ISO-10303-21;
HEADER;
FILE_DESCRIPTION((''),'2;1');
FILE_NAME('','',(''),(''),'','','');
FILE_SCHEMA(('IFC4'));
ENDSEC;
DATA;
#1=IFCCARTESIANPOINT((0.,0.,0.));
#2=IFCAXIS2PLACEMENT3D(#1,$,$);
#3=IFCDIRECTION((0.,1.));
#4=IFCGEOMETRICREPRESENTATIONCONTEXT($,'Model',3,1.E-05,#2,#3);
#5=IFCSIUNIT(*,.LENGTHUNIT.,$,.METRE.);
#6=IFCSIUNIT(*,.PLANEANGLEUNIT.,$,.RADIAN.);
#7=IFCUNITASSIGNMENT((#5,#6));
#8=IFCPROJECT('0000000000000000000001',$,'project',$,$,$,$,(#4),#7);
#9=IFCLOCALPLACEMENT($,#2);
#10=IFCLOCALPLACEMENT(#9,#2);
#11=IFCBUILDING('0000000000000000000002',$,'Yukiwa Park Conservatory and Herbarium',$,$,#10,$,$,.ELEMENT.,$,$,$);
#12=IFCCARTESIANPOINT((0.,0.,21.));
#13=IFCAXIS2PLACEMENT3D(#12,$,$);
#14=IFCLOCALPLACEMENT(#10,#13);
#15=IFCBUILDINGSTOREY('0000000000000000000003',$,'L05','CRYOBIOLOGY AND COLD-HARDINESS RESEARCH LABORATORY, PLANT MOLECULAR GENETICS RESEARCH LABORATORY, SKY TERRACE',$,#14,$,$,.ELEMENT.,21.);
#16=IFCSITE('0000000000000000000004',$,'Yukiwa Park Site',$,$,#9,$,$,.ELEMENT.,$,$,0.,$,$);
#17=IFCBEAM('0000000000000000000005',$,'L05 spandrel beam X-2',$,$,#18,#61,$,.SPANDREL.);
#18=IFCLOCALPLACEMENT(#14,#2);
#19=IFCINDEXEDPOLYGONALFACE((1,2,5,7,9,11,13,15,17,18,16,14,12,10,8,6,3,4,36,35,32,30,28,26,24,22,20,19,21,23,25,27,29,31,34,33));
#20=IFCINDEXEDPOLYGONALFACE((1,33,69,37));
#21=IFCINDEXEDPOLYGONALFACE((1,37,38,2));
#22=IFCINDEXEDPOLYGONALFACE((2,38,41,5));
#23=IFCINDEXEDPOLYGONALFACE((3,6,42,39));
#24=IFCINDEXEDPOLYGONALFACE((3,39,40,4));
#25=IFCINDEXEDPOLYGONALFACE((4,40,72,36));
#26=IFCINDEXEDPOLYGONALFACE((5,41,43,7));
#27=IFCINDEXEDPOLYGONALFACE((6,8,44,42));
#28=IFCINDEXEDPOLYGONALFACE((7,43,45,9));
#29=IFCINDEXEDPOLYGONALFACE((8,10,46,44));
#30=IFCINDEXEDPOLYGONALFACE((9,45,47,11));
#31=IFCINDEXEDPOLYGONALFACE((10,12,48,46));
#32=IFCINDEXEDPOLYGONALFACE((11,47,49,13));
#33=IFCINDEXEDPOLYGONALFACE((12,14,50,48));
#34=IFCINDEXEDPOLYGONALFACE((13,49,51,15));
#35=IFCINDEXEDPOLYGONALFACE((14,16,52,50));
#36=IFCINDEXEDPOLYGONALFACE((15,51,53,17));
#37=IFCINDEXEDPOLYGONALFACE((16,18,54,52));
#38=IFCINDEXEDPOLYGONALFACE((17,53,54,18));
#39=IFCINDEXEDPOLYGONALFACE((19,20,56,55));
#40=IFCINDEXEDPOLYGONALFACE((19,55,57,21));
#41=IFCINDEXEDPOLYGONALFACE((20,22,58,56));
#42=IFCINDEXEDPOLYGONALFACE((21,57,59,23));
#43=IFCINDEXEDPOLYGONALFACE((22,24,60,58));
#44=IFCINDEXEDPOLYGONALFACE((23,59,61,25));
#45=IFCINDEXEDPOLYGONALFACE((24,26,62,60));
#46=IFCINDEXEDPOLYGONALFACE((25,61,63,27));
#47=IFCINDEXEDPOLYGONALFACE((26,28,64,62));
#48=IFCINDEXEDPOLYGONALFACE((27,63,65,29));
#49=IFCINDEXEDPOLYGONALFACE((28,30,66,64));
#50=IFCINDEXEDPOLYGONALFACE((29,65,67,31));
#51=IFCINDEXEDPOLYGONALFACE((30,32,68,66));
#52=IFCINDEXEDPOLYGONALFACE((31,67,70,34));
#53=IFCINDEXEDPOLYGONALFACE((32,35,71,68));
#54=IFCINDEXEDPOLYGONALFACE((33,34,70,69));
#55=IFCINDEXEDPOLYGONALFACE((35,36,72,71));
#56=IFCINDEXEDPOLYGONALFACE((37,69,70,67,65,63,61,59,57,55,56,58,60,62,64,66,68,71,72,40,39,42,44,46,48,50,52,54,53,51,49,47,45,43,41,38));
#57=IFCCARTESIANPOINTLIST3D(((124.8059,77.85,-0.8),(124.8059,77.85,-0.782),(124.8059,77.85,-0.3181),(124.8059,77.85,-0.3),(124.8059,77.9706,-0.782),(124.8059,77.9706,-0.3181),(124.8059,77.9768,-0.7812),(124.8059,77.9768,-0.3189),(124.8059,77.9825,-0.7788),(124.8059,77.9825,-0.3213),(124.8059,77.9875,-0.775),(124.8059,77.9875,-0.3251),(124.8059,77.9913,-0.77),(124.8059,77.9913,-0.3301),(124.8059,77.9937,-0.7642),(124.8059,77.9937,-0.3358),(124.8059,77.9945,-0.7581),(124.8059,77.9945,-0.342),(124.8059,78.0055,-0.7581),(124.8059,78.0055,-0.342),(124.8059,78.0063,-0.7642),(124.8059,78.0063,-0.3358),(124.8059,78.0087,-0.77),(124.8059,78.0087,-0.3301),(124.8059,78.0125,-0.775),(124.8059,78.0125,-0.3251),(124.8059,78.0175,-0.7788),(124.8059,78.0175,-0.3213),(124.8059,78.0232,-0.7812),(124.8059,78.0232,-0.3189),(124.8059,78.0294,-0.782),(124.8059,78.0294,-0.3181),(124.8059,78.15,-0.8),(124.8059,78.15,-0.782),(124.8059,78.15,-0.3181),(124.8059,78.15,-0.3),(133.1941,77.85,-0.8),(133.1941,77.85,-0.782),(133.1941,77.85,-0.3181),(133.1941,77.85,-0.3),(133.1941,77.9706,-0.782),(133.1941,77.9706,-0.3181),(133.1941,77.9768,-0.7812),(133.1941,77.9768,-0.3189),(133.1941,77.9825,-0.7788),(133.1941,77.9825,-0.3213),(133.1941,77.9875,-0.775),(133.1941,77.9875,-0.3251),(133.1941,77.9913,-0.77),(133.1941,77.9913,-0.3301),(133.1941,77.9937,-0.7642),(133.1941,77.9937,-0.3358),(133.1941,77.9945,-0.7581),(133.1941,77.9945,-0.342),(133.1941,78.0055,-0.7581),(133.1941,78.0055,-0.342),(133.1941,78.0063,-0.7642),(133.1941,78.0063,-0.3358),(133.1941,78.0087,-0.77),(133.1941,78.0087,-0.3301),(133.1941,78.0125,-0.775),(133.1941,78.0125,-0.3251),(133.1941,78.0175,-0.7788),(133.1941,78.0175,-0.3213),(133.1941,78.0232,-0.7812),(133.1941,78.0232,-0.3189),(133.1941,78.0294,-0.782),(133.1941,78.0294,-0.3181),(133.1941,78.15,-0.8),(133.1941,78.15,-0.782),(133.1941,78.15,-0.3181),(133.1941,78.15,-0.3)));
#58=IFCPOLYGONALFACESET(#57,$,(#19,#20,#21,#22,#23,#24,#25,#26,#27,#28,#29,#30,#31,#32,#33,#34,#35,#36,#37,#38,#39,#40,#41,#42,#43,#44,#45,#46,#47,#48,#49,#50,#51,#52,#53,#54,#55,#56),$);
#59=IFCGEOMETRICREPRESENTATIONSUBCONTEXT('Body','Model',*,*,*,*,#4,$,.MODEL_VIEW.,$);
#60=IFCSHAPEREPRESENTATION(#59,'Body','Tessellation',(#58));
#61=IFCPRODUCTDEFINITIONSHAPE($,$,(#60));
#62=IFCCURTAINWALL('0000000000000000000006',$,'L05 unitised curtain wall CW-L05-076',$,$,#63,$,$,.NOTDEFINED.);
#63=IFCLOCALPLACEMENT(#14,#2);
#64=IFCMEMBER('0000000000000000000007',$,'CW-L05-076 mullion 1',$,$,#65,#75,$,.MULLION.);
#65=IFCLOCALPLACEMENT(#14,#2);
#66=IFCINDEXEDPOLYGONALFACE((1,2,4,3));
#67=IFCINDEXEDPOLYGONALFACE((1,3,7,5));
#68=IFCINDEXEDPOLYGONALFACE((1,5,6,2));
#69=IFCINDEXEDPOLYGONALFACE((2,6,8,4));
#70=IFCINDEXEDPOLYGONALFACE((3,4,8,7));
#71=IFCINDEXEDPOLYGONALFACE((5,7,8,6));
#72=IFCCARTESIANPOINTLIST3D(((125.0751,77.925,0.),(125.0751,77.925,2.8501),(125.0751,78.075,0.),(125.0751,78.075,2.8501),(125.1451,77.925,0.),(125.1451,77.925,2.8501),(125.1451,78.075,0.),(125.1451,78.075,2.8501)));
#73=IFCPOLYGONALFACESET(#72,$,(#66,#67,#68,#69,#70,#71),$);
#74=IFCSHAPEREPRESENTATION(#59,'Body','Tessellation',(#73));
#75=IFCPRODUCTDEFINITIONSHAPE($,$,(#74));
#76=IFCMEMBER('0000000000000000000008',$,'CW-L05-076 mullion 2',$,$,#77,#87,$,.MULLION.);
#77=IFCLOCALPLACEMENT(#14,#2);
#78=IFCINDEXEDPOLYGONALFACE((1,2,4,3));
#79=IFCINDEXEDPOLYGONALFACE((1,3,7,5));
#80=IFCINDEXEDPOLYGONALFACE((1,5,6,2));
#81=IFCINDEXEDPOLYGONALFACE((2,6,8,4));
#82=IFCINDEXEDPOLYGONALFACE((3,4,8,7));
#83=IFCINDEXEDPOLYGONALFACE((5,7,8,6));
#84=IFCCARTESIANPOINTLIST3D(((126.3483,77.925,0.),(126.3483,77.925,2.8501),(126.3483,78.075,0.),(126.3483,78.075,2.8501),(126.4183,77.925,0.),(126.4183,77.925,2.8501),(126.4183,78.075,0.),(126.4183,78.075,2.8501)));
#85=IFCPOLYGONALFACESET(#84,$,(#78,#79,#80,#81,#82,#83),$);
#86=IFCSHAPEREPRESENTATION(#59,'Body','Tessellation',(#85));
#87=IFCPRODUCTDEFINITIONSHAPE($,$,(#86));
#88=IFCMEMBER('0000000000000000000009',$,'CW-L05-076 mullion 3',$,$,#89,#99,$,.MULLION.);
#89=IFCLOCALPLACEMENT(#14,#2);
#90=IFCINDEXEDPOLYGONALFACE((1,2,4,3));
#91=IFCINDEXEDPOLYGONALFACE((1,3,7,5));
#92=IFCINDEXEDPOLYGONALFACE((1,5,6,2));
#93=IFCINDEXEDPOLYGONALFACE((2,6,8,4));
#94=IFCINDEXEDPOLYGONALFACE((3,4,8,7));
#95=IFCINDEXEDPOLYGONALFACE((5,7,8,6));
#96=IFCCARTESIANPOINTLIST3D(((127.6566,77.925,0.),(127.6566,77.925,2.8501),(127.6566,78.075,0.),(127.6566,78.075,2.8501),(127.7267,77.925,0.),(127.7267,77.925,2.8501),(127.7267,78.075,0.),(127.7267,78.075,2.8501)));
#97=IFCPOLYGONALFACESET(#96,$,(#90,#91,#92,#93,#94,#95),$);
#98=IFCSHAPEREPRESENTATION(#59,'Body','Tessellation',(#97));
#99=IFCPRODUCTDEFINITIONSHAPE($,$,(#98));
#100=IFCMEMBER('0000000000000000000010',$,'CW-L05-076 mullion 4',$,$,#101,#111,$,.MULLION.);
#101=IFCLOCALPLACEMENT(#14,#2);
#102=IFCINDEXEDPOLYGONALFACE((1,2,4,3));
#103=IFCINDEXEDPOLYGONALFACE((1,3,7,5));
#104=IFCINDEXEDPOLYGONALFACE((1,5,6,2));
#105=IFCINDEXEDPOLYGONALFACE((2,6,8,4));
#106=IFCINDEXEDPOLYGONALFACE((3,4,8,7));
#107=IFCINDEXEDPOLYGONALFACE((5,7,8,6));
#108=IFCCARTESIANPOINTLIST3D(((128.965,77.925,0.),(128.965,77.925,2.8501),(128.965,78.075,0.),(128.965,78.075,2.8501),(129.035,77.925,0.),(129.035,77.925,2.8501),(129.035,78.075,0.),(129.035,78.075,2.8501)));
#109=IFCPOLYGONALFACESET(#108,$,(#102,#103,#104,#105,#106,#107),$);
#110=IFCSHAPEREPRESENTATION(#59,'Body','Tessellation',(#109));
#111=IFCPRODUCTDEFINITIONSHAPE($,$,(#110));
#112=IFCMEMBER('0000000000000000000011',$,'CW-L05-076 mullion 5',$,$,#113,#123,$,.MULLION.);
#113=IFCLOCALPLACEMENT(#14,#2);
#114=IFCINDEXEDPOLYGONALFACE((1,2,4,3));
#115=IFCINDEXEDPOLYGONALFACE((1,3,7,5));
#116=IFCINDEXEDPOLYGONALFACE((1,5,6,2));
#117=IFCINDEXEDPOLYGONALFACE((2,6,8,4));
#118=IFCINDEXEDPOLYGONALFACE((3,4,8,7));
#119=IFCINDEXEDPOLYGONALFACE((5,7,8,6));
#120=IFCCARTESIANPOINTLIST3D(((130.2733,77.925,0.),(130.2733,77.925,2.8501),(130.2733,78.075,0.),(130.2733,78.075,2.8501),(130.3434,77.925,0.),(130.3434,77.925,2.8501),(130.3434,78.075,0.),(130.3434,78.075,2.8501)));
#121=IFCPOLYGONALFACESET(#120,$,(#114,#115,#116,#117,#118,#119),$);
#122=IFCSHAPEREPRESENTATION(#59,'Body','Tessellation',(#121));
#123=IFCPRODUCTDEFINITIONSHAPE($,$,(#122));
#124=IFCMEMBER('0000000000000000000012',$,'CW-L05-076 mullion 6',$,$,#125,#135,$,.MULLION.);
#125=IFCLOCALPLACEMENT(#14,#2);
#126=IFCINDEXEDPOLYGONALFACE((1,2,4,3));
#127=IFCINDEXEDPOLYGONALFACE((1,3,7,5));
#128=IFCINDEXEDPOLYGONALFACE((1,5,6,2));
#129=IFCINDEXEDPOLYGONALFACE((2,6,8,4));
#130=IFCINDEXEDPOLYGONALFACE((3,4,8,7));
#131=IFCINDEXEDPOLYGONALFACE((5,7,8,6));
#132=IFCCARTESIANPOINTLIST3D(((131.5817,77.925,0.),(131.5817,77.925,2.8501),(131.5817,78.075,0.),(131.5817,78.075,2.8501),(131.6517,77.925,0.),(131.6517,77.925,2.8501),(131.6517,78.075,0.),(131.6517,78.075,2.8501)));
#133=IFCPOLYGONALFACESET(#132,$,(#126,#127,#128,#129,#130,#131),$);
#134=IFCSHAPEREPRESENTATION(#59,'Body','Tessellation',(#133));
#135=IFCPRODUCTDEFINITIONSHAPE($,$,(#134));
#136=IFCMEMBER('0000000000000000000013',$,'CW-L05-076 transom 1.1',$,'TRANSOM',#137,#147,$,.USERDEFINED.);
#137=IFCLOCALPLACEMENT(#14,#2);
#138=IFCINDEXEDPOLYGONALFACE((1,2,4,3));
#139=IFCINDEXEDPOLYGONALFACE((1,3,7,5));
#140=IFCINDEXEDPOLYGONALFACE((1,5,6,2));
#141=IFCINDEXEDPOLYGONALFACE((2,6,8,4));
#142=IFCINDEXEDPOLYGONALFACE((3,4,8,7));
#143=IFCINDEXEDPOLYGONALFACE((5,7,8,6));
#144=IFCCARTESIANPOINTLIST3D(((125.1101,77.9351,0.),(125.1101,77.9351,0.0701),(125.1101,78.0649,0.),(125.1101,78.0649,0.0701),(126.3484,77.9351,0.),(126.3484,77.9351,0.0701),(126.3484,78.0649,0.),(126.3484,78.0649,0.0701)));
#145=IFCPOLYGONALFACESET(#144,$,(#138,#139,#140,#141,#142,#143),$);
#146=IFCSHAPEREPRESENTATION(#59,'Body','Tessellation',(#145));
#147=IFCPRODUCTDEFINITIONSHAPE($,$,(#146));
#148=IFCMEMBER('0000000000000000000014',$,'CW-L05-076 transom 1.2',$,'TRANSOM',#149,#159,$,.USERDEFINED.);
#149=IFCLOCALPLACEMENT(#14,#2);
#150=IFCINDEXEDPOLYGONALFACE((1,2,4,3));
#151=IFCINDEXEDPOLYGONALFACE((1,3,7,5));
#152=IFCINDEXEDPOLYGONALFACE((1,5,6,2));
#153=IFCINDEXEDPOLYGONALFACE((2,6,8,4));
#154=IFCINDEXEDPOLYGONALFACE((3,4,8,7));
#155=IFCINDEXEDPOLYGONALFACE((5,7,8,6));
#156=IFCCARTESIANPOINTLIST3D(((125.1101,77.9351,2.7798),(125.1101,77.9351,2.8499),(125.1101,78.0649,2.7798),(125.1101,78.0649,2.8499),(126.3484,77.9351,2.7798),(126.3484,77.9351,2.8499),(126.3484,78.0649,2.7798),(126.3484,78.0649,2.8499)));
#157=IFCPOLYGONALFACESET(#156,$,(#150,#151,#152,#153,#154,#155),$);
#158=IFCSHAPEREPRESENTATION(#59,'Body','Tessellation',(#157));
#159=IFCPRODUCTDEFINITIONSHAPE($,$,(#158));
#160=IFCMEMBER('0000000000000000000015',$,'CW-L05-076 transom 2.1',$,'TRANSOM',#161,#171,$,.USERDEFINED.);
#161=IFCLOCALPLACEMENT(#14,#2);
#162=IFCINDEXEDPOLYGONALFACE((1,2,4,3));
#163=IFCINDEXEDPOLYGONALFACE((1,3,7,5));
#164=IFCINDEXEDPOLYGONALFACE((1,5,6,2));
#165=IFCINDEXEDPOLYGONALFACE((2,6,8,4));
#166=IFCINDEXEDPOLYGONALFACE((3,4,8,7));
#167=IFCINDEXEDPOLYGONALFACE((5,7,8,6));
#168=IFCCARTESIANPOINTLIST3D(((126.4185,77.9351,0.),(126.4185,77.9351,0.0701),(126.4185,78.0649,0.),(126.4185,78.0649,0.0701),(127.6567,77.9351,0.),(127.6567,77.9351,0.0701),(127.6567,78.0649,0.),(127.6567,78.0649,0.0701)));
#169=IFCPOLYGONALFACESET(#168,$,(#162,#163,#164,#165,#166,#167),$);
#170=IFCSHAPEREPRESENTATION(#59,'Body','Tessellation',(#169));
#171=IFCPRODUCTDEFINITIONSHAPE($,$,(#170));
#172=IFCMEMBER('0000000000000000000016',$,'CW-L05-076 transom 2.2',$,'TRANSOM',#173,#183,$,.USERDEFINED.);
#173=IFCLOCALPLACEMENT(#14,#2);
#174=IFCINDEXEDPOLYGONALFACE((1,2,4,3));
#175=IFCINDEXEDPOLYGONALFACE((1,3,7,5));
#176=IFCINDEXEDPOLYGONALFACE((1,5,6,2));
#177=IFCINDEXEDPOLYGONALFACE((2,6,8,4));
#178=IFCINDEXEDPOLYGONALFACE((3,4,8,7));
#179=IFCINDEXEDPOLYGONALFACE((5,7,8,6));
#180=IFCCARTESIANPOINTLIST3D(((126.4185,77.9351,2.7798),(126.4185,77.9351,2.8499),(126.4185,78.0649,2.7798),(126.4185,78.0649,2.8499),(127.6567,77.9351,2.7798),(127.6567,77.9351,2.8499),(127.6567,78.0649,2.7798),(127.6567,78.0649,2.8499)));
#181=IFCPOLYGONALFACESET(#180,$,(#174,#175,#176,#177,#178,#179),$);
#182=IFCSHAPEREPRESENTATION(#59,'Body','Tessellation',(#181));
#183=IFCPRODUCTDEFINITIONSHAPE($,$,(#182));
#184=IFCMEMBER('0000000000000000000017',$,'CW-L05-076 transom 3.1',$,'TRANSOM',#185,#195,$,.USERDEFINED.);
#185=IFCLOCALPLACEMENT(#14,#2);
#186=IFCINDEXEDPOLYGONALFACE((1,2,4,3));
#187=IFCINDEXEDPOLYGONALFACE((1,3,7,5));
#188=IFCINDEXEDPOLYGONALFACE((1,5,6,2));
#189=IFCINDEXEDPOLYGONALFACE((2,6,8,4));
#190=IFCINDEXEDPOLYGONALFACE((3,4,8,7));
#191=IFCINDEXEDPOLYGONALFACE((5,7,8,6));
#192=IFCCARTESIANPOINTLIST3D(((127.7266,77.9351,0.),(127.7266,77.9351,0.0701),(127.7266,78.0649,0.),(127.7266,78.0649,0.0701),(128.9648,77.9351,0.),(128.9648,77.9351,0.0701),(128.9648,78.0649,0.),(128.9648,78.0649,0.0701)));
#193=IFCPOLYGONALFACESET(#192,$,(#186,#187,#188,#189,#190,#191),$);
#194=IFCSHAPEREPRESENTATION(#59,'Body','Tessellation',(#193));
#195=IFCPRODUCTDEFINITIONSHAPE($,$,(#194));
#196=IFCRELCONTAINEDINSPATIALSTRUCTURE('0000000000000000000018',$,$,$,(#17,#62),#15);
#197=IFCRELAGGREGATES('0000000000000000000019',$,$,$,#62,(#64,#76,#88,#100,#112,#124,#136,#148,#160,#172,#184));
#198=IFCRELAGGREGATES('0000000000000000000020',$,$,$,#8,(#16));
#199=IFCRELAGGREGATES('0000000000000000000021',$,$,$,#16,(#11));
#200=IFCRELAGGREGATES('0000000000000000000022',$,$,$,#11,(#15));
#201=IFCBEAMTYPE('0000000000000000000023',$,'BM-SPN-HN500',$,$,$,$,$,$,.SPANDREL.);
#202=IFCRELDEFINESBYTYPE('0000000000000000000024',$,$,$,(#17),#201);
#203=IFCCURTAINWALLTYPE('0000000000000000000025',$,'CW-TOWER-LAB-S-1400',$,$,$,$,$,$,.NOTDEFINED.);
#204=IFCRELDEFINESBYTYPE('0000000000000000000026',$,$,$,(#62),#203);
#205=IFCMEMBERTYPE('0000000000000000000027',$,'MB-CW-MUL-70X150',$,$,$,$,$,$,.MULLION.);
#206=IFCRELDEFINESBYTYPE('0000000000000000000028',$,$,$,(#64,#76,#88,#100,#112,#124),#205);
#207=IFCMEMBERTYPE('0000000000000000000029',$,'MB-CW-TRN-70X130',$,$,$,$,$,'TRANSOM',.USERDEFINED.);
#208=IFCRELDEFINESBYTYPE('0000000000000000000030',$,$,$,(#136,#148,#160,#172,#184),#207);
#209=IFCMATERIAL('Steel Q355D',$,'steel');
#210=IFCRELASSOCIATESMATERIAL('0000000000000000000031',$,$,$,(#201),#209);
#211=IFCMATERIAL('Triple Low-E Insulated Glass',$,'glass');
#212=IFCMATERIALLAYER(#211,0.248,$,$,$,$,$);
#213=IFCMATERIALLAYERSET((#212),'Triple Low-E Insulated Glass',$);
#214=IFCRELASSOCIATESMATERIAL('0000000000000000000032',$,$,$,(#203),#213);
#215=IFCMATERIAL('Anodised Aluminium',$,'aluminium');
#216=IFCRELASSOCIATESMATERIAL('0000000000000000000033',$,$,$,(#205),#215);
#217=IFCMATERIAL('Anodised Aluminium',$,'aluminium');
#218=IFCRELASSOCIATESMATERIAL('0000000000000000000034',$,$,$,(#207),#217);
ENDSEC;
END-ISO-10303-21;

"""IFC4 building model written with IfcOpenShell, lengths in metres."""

from ifc_helpers import new_model, si_unit, direction, frame, origin, origin_2d, place, context, subcontext, project, spatial, rectangle, i_section, extrude, material, layer, layer_set, material_profile, profile_set, type_object, element, aggregate, save


model = new_model("IFC4")

# Units and contexts
model_context = context("Model", 3, precision=1e-05, world=origin(), true_north=direction((0.0, 1.0)))
body_context = subcontext(model_context, "Body", "Model", "MODEL_VIEW")
ifc_project = project(units=[si_unit("LENGTHUNIT", "METRE"), si_unit("PLANEANGLEUNIT", "RADIAN")], contexts=[model_context])

# Site, building, storey
site_placement = place(None, origin())
site = spatial("IfcSite", under=ifc_project, at=site_placement, Name="Yukiwa Park Site", CompositionType="ELEMENT", RefElevation=0.0)
building_placement = place(site_placement, origin())
building = spatial("IfcBuilding", under=site, at=building_placement, Name="Yukiwa Park Conservatory and Herbarium", CompositionType="ELEMENT")
storey_placement = place(building_placement, frame((0.0, 0.0, 21.0)))
storey = spatial("IfcBuildingStorey", under=building, at=storey_placement, Name="L05", Description="CRYOBIOLOGY AND COLD-HARDINESS RESEARCH LABORATORY, PLANT MOLECULAR GENETICS RESEARCH LABORATORY, SKY TERRACE", CompositionType="ELEMENT", Elevation=21.0)

# Beam
ifc_material_1 = material(Name="Steel Q355D", Category="steel")
ifc_material_profile = material_profile(ifc_material_1, i_section(OverallWidth=0.3, OverallDepth=0.5, WebThickness=0.011, FlangeThickness=0.0181, FilletRadius=0.0239, at=origin_2d()), Name="HM 500x300x11x18")
ifc_profile_set = profile_set([ifc_material_profile], Name="Steel Q355D")
beam_type = type_object("IfcBeamType", Name="BM-SPN-HN500", PredefinedType="SPANDREL", material=ifc_profile_set)
beam_placement = place(storey_placement, frame((124.8059, 78.0, -0.55), z_axis=(1.0, 0.0, 0.0), x_axis=(0.0, 1.0, 0.0)))
element("IfcBeam", 1, at=beam_placement, inside=storey, type_object=beam_type, Name="L05 spandrel beam X-2", PredefinedType="SPANDREL", context=body_context, shape_type="SweptSolid", body=[
    extrude(i_section(OverallWidth=0.3, OverallDepth=0.5, WebThickness=0.011, FlangeThickness=0.0181, FilletRadius=0.0239, at=origin_2d()), origin(), (0.0, 0.0, 1.0), 8.3882),
])

# Curtain wall, members
ifc_material_2 = material(Name="Triple Low-E Insulated Glass", Category="glass")
ifc_layer_1 = layer(ifc_material_2, 0.248)
ifc_layer_set_1 = layer_set([ifc_layer_1], Name="Triple Low-E Insulated Glass")
curtain_wall_type = type_object("IfcCurtainWallType", Name="CW-TOWER-LAB-S-1400", PredefinedType="NOTDEFINED", material=ifc_layer_set_1)
curtain_wall_placement = place(storey_placement, origin())
curtain_wall = element("IfcCurtainWall", 2, at=curtain_wall_placement, inside=storey, type_object=curtain_wall_type, Name="L05 unitised curtain wall CW-L05-076", PredefinedType="NOTDEFINED")
ifc_material_3 = material(Name="Anodised Aluminium", Category="aluminium")
member_type_1 = type_object("IfcMemberType", Name="MB-CW-MUL-70X150", PredefinedType="MULLION", material=ifc_material_3)
member_1_placement = place(storey_placement, frame((125.1101, 78.0, 0.0), z_axis=(0.0, 0.0, 1.0), x_axis=(1.0, 0.0, 0.0)))
member_1 = element("IfcMember", 3, at=member_1_placement, type_object=member_type_1, Name="CW-L05-076 mullion 1", PredefinedType="MULLION", context=body_context, shape_type="SweptSolid", body=[
    extrude(rectangle(XDim=0.0701, YDim=0.1499, at=origin_2d()), origin(), (0.0, 0.0, 1.0), 2.8501),
])
member_2_placement = place(storey_placement, frame((126.3833, 78.0, 0.0), z_axis=(0.0, 0.0, 1.0), x_axis=(1.0, 0.0, 0.0)))
member_2 = element("IfcMember", 4, at=member_2_placement, type_object=member_type_1, Name="CW-L05-076 mullion 2", PredefinedType="MULLION", context=body_context, shape_type="SweptSolid", body=[
    extrude(rectangle(XDim=0.0701, YDim=0.1499, at=origin_2d()), origin(), (0.0, 0.0, 1.0), 2.8501),
])
member_3_placement = place(storey_placement, frame((127.6917, 78.0, 0.0), z_axis=(0.0, 0.0, 1.0), x_axis=(1.0, 0.0, 0.0)))
member_3 = element("IfcMember", 5, at=member_3_placement, type_object=member_type_1, Name="CW-L05-076 mullion 3", PredefinedType="MULLION", context=body_context, shape_type="SweptSolid", body=[
    extrude(rectangle(XDim=0.0701, YDim=0.1499, at=origin_2d()), origin(), (0.0, 0.0, 1.0), 2.8501),
])
member_4_placement = place(storey_placement, frame((129.0, 78.0, 0.0), z_axis=(0.0, 0.0, 1.0), x_axis=(1.0, 0.0, 0.0)))
member_4 = element("IfcMember", 6, at=member_4_placement, type_object=member_type_1, Name="CW-L05-076 mullion 4", PredefinedType="MULLION", context=body_context, shape_type="SweptSolid", body=[
    extrude(rectangle(XDim=0.0701, YDim=0.1499, at=origin_2d()), origin(), (0.0, 0.0, 1.0), 2.8501),
])
member_5_placement = place(storey_placement, frame((130.3083, 78.0, 0.0), z_axis=(0.0, 0.0, 1.0), x_axis=(1.0, 0.0, 0.0)))
member_5 = element("IfcMember", 7, at=member_5_placement, type_object=member_type_1, Name="CW-L05-076 mullion 5", PredefinedType="MULLION", context=body_context, shape_type="SweptSolid", body=[
    extrude(rectangle(XDim=0.0701, YDim=0.1499, at=origin_2d()), origin(), (0.0, 0.0, 1.0), 2.8501),
])
member_6_placement = place(storey_placement, frame((131.6167, 78.0, 0.0), z_axis=(0.0, 0.0, 1.0), x_axis=(1.0, 0.0, 0.0)))
member_6 = element("IfcMember", 8, at=member_6_placement, type_object=member_type_1, Name="CW-L05-076 mullion 6", PredefinedType="MULLION", context=body_context, shape_type="SweptSolid", body=[
    extrude(rectangle(XDim=0.0701, YDim=0.1499, at=origin_2d()), origin(), (0.0, 0.0, 1.0), 2.8501),
])
ifc_material_4 = material(Name="Anodised Aluminium", Category="aluminium")
member_type_2 = type_object("IfcMemberType", Name="MB-CW-TRN-70X130", ElementType="TRANSOM", PredefinedType="USERDEFINED", material=ifc_material_4)
member_7_placement = place(storey_placement, frame((125.7292, 78.0, 0.0), z_axis=(0.0, 0.0, 1.0), x_axis=(1.0, 0.0, 0.0)))
member_7 = element("IfcMember", 9, at=member_7_placement, type_object=member_type_2, Name="CW-L05-076 transom 1.1", ObjectType="TRANSOM", PredefinedType="USERDEFINED", context=body_context, shape_type="SweptSolid", body=[
    extrude(rectangle(XDim=1.2383, YDim=0.1299, at=origin_2d()), origin(), (0.0, 0.0, 1.0), 0.0701),
])
member_8_placement = place(storey_placement, frame((125.7292, 78.0, 2.7798), z_axis=(0.0, 0.0, 1.0), x_axis=(1.0, 0.0, 0.0)))
member_8 = element("IfcMember", 10, at=member_8_placement, type_object=member_type_2, Name="CW-L05-076 transom 1.2", ObjectType="TRANSOM", PredefinedType="USERDEFINED", context=body_context, shape_type="SweptSolid", body=[
    extrude(rectangle(XDim=1.2383, YDim=0.1299, at=origin_2d()), origin(), (0.0, 0.0, 1.0), 0.0701),
])
member_9_placement = place(storey_placement, frame((127.0376, 78.0, 0.0), z_axis=(0.0, 0.0, 1.0), x_axis=(1.0, 0.0, 0.0)))
member_9 = element("IfcMember", 11, at=member_9_placement, type_object=member_type_2, Name="CW-L05-076 transom 2.1", ObjectType="TRANSOM", PredefinedType="USERDEFINED", context=body_context, shape_type="SweptSolid", body=[
    extrude(rectangle(XDim=1.2383, YDim=0.1299, at=origin_2d()), origin(), (0.0, 0.0, 1.0), 0.0701),
])
member_10_placement = place(storey_placement, frame((127.0376, 78.0, 2.7798), z_axis=(0.0, 0.0, 1.0), x_axis=(1.0, 0.0, 0.0)))
member_10 = element("IfcMember", 12, at=member_10_placement, type_object=member_type_2, Name="CW-L05-076 transom 2.2", ObjectType="TRANSOM", PredefinedType="USERDEFINED", context=body_context, shape_type="SweptSolid", body=[
    extrude(rectangle(XDim=1.2383, YDim=0.1299, at=origin_2d()), origin(), (0.0, 0.0, 1.0), 0.0701),
])
member_11_placement = place(storey_placement, frame((128.3457, 78.0, 0.0), z_axis=(0.0, 0.0, 1.0), x_axis=(1.0, 0.0, 0.0)))
member_11 = element("IfcMember", 13, at=member_11_placement, type_object=member_type_2, Name="CW-L05-076 transom 3.1", ObjectType="TRANSOM", PredefinedType="USERDEFINED", context=body_context, shape_type="SweptSolid", body=[
    extrude(rectangle(XDim=1.2383, YDim=0.1299, at=origin_2d()), origin(), (0.0, 0.0, 1.0), 0.0701),
])
aggregate(curtain_wall, [member_1, member_2, member_3, member_4, member_5, member_6, member_7, member_8, member_9, member_10, member_11])

save(model, "model.ifc")
